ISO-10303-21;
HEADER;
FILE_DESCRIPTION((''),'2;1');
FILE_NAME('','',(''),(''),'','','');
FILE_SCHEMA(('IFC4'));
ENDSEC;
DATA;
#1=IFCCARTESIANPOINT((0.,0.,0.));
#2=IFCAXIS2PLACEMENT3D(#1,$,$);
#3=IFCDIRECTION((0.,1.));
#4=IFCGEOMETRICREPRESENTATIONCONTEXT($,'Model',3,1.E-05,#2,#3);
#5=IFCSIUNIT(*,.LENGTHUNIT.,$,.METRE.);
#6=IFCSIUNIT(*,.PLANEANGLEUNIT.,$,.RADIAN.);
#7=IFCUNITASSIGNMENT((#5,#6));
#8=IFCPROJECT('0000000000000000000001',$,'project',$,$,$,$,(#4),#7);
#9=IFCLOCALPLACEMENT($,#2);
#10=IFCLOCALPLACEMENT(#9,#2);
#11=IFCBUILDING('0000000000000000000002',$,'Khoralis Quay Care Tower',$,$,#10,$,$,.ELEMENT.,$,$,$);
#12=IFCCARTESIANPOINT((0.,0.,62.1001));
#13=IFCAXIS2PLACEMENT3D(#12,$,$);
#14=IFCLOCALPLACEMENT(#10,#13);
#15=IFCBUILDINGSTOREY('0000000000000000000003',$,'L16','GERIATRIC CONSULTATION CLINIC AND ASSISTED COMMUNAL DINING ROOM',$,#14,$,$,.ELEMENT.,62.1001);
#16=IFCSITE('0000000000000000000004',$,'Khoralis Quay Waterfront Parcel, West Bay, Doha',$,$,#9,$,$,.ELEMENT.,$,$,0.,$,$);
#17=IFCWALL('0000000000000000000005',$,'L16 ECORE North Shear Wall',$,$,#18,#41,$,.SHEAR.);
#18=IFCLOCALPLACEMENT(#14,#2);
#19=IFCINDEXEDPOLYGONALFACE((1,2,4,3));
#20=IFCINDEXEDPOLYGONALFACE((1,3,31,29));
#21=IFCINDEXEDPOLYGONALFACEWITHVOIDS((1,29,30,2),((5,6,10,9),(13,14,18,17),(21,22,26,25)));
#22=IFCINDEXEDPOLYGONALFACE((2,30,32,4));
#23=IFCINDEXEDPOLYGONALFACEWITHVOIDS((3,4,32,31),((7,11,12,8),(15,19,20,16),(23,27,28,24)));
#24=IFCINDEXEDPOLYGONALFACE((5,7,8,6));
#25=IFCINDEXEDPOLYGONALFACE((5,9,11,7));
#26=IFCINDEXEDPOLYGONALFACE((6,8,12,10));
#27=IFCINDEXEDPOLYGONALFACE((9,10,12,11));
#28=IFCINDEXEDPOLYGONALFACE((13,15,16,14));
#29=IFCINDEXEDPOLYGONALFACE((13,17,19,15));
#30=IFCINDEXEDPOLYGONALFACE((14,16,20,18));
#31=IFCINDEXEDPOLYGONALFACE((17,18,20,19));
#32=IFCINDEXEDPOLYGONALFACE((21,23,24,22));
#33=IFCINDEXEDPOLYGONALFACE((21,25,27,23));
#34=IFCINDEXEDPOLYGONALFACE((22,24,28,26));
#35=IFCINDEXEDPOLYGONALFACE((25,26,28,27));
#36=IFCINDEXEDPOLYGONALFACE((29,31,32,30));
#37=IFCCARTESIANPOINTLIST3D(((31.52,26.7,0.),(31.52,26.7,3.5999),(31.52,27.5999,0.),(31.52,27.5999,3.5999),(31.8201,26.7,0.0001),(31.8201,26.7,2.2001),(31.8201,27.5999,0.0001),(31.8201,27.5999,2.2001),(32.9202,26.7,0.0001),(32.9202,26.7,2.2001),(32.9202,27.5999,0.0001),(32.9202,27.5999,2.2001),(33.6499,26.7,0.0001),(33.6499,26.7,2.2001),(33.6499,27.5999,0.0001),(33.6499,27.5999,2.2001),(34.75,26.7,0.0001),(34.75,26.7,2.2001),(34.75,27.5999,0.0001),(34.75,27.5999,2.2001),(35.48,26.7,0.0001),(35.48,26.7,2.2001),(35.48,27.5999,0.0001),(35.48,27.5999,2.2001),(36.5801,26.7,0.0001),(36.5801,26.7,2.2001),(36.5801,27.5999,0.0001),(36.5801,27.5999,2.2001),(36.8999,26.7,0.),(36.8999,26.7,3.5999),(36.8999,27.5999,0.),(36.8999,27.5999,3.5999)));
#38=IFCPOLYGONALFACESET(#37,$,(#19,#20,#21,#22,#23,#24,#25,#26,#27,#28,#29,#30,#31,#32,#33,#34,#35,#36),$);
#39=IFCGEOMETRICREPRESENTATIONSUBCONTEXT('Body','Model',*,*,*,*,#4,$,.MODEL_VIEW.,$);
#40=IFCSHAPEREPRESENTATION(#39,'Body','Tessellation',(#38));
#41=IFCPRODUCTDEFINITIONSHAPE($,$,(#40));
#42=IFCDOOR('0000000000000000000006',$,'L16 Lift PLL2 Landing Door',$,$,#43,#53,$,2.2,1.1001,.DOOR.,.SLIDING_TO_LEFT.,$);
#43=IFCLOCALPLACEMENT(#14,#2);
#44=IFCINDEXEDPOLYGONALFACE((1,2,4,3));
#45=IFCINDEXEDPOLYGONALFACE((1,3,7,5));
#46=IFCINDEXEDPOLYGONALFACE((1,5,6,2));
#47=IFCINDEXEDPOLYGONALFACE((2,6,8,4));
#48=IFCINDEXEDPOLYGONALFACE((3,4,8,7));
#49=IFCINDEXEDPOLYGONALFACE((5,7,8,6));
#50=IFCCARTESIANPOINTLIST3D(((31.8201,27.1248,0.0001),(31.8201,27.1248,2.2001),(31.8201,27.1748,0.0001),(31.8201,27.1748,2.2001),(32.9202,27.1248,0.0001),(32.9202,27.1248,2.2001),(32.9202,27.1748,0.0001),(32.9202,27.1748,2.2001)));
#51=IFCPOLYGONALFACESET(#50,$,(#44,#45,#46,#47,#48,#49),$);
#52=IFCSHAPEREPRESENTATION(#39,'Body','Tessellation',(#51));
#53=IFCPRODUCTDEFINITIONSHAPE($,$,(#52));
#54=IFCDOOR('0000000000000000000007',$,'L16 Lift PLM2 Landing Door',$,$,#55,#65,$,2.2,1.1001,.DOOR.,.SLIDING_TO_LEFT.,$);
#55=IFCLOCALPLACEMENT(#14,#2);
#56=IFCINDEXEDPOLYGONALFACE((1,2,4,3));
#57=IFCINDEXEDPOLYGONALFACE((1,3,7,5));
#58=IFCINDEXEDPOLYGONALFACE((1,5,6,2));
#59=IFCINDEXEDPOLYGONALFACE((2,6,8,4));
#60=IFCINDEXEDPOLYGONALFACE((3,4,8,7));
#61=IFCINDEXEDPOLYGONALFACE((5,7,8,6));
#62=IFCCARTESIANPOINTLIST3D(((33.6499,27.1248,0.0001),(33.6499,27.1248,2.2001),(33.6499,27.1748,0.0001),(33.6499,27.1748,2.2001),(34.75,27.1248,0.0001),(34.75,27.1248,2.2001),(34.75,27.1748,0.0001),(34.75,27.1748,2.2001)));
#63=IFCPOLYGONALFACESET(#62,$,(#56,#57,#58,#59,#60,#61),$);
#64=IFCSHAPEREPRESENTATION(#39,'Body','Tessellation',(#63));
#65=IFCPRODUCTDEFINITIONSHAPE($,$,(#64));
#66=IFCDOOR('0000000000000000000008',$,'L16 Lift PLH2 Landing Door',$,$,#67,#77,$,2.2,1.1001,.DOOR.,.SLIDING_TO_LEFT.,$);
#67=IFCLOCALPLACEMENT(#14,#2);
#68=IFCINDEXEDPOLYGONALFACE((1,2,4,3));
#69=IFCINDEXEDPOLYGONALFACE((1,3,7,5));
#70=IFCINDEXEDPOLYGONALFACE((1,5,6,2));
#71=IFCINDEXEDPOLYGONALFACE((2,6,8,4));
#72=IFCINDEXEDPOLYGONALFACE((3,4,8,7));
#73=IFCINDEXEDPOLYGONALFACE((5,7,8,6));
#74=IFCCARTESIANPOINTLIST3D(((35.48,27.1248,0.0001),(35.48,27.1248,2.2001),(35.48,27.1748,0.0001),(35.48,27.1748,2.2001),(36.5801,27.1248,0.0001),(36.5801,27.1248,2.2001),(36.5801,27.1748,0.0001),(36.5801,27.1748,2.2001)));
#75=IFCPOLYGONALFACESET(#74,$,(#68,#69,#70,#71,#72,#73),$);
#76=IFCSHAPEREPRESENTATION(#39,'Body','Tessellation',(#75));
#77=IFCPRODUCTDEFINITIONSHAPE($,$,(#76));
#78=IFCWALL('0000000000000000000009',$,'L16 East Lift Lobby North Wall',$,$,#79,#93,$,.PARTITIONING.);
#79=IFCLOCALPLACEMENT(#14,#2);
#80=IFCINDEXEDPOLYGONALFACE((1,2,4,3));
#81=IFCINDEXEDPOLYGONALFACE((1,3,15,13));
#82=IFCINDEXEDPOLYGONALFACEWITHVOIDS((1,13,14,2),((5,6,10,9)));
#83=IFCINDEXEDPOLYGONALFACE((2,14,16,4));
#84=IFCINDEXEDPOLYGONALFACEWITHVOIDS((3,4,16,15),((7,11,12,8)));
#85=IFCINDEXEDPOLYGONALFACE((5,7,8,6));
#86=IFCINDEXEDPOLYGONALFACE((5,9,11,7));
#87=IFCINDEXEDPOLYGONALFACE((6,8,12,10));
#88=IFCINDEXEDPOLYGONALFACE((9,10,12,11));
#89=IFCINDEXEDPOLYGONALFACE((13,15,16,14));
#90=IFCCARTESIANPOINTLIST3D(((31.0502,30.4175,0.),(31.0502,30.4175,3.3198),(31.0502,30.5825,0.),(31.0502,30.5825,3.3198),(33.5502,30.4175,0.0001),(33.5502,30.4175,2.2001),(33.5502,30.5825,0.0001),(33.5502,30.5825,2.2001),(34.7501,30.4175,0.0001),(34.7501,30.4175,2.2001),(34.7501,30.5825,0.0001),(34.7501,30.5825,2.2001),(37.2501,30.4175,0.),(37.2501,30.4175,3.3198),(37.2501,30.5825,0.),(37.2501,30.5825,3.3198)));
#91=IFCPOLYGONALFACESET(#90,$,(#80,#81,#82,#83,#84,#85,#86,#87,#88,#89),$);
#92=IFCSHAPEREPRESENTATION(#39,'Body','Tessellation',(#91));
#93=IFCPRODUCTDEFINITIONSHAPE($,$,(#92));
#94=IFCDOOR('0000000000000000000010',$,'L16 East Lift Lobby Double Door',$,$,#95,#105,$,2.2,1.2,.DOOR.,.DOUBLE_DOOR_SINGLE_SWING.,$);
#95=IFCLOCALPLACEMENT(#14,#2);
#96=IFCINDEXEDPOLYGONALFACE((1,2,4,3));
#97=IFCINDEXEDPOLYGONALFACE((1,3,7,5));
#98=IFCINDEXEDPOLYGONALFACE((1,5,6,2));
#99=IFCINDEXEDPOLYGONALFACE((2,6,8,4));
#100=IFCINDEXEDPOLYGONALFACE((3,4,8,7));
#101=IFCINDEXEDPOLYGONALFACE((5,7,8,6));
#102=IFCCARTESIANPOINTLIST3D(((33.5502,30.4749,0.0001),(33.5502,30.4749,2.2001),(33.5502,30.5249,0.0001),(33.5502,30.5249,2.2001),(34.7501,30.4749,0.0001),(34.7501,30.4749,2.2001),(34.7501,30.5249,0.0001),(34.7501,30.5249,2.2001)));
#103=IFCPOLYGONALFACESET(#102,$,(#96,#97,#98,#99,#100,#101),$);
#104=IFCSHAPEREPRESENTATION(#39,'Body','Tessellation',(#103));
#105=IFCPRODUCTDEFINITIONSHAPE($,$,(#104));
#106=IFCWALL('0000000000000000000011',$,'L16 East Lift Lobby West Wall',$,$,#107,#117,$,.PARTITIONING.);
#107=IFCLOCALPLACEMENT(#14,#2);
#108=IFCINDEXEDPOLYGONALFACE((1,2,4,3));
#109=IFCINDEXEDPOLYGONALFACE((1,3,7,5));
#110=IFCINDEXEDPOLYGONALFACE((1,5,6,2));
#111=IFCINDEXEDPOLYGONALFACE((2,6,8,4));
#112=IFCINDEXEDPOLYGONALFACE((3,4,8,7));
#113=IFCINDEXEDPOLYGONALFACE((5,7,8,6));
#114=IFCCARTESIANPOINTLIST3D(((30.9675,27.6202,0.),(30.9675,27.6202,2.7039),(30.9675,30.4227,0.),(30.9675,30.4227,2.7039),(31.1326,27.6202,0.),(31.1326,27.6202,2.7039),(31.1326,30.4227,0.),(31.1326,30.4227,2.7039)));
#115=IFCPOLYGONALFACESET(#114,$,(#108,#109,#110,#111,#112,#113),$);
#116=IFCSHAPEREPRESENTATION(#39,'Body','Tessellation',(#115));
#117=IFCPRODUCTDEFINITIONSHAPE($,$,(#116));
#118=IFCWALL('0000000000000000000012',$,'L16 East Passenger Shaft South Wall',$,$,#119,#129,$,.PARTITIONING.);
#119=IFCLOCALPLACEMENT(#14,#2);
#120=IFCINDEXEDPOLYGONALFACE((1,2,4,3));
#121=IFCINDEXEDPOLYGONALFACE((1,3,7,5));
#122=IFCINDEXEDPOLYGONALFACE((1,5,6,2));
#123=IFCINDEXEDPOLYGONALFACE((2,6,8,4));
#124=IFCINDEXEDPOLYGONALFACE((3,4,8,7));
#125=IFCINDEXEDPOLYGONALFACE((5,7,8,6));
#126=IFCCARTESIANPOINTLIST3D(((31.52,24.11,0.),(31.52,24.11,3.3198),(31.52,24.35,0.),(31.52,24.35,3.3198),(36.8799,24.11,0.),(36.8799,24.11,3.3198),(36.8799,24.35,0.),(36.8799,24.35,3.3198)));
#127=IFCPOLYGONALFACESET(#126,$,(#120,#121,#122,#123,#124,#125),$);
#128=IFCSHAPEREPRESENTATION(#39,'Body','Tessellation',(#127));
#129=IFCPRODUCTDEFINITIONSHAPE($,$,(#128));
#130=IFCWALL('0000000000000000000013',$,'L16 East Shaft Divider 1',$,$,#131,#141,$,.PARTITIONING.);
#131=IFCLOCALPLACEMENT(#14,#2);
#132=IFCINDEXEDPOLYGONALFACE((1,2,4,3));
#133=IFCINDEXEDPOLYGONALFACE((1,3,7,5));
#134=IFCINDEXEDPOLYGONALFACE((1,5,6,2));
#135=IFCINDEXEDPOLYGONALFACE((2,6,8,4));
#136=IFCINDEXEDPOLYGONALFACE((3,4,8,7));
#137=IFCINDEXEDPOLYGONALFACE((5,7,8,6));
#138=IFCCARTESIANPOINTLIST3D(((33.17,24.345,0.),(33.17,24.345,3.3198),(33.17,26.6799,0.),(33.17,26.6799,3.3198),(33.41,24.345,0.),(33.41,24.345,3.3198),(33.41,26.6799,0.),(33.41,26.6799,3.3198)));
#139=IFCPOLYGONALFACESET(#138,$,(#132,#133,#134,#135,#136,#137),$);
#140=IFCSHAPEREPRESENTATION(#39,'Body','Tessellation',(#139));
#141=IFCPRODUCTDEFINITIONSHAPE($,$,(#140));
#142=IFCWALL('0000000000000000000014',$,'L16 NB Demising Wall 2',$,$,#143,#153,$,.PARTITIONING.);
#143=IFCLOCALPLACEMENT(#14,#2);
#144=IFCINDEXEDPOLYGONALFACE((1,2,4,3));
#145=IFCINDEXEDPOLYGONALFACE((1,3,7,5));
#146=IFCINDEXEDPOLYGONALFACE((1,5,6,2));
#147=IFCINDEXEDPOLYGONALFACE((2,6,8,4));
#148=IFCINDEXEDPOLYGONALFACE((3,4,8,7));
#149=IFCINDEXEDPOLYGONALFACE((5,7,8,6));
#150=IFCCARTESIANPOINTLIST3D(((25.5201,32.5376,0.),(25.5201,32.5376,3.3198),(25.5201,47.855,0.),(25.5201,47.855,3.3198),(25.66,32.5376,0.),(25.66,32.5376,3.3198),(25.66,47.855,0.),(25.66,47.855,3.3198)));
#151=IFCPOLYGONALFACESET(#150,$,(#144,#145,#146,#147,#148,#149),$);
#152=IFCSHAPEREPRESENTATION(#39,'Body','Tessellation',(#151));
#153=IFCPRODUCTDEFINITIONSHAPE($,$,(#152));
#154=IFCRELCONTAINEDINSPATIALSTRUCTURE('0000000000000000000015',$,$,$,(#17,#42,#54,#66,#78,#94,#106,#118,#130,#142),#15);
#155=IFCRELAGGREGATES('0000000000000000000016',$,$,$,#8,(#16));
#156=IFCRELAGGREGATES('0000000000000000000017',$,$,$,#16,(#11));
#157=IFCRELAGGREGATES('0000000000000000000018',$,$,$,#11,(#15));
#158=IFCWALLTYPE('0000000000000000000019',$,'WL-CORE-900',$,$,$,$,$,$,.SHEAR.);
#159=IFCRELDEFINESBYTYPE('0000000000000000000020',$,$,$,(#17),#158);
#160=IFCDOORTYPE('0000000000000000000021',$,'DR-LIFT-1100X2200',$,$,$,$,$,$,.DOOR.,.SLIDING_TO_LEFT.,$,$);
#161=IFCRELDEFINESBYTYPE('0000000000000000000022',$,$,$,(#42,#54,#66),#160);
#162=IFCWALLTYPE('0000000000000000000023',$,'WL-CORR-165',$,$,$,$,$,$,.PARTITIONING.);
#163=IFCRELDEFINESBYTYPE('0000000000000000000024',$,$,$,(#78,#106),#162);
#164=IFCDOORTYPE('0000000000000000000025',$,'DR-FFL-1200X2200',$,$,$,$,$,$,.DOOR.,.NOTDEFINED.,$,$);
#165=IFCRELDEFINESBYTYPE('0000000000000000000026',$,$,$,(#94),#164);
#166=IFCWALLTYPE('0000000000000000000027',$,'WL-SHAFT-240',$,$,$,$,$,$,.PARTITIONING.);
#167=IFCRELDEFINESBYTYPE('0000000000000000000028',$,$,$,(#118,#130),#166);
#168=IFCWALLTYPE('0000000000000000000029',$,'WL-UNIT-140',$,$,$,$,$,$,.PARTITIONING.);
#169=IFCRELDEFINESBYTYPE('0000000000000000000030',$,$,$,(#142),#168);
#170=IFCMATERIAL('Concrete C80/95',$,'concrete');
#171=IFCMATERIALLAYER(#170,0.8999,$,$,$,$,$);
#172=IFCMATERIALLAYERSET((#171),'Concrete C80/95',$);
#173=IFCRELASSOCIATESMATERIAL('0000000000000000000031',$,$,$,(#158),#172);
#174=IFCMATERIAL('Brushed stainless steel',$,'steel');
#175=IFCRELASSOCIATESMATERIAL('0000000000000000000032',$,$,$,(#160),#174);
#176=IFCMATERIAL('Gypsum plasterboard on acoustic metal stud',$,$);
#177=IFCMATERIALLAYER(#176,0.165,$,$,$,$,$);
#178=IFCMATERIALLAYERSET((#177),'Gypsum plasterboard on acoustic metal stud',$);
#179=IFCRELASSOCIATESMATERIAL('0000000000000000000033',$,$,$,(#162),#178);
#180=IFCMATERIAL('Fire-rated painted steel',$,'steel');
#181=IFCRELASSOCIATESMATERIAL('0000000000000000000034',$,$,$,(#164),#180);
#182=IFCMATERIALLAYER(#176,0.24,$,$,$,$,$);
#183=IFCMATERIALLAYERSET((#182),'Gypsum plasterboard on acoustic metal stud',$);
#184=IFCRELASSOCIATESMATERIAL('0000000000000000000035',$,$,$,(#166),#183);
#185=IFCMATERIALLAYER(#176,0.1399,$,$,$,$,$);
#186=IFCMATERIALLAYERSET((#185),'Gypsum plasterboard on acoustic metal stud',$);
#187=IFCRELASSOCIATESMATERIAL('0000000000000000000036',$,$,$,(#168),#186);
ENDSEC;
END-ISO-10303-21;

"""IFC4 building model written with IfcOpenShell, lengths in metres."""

from ifc_helpers import new_model, si_unit, direction, frame, frame_2d, origin, place, context, subcontext, project, spatial, rectangle, extrude, source, transform, mapped, material, layer, layer_set, type_object, element, fill, save


model = new_model("IFC4")

# Units and contexts
model_context = context("Model", 3, precision=1e-05, world=origin(), true_north=direction((0.0, 1.0)))
body_context = subcontext(model_context, "Body", "Model", "MODEL_VIEW")
ifc_project = project(units=[si_unit("LENGTHUNIT", "METRE"), si_unit("PLANEANGLEUNIT", "RADIAN")], contexts=[model_context])

# Site, building, storey
site_placement = place(None, origin())
site = spatial("IfcSite", under=ifc_project, at=site_placement, Name="Khoralis Quay Waterfront Parcel, West Bay, Doha", CompositionType="ELEMENT", RefElevation=0.0)
building_placement = place(site_placement, origin())
building = spatial("IfcBuilding", under=site, at=building_placement, Name="Khoralis Quay Care Tower", CompositionType="ELEMENT")
storey_placement = place(building_placement, frame((0.0, 0.0, 62.1001)))
storey = spatial("IfcBuildingStorey", under=building, at=storey_placement, Name="L16", Description="GERIATRIC CONSULTATION CLINIC AND ASSISTED COMMUNAL DINING ROOM", CompositionType="ELEMENT", Elevation=62.1001)

# Shared definitions
ifc_material_1 = material(Name="Concrete C80/95", Category="concrete")

# Wall, openings, doors
ifc_layer_1 = layer(ifc_material_1, 0.8999)
ifc_layer_set_1 = layer_set([ifc_layer_1], Name="Concrete C80/95")
wall_type_1 = type_object("IfcWallType", Name="WL-CORE-900", PredefinedType="SHEAR", material=ifc_layer_set_1)
wall_1_placement = place(storey_placement, frame((31.52, 27.1499, 0.0), z_axis=(0.0, 0.0, 1.0), x_axis=(1.0, 0.0, 0.0)))
wall_1 = element("IfcWall", 1, at=wall_1_placement, inside=storey, type_object=wall_type_1, Name="L16 ECORE North Shear Wall", PredefinedType="SHEAR", context=body_context, shape_type="SweptSolid", body=[
    extrude(rectangle(XDim=5.3799, YDim=0.8999, at=frame_2d((2.6899, 0.0))), origin(), (0.0, 0.0, 1.0), 3.5999),
])
opening_1_placement = place(wall_1_placement, frame((0.3, 0.0, 0.0)))
opening_1 = element("IfcOpeningElement", 2, at=opening_1_placement, cuts=wall_1, PredefinedType="OPENING", context=body_context, shape_type="SweptSolid", body=[
    extrude(rectangle(XDim=1.1001, YDim=2.2, at=frame_2d((0.55, 1.1001))), frame((0.0, 0.46, 0.0), z_axis=(0.0, -1.0, 0.0), x_axis=(1.0, 0.0, 0.0)), (0.0, 0.0, 1.0), 0.9199),
])
opening_2_placement = place(wall_1_placement, frame((2.1299, 0.0, 0.0)))
opening_2 = element("IfcOpeningElement", 3, at=opening_2_placement, cuts=wall_1, PredefinedType="OPENING", context=body_context, shape_type="SweptSolid", body=[
    extrude(rectangle(XDim=1.1001, YDim=2.2, at=frame_2d((0.55, 1.1001))), frame((0.0, 0.46, 0.0), z_axis=(0.0, -1.0, 0.0), x_axis=(1.0, 0.0, 0.0)), (0.0, 0.0, 1.0), 0.9199),
])
opening_3_placement = place(wall_1_placement, frame((3.96, 0.0, 0.0)))
opening_3 = element("IfcOpeningElement", 4, at=opening_3_placement, cuts=wall_1, PredefinedType="OPENING", context=body_context, shape_type="SweptSolid", body=[
    extrude(rectangle(XDim=1.1001, YDim=2.2, at=frame_2d((0.55, 1.1001))), frame((0.0, 0.46, 0.0), z_axis=(0.0, -1.0, 0.0), x_axis=(1.0, 0.0, 0.0)), (0.0, 0.0, 1.0), 0.9199),
])
ifc_material_2 = material(Name="Brushed stainless steel", Category="steel")
door_type_1 = type_object("IfcDoorType", Name="DR-LIFT-1100X2200", OperationType="SLIDING_TO_LEFT", PredefinedType="DOOR", material=ifc_material_2)
shared_shape_1 = source(origin(), body_context, "Body", "SweptSolid", [
    extrude(rectangle(XDim=1.1001, YDim=2.2, at=frame_2d((0.55, 1.1001))), frame((0.0, 0.0249, 0.0), z_axis=(0.0, -1.0, 0.0), x_axis=(1.0, 0.0, 0.0)), (0.0, 0.0, 1.0), 0.05),
])
door_1_placement = place(opening_1_placement, origin())
door_1 = element("IfcDoor", 5, at=door_1_placement, inside=storey, type_object=door_type_1, Name="L16 Lift PLL2 Landing Door", OperationType="SLIDING_TO_LEFT", OverallHeight=2.2, OverallWidth=1.1001, PredefinedType="DOOR", context=body_context, shape_type="MappedRepresentation", body=[
    mapped(shared_shape_1, transform((0.0, 0.0, 0.0), scale=1.0)),
])
fill(opening_1, door_1)
door_2_placement = place(opening_2_placement, origin())
door_2 = element("IfcDoor", 6, at=door_2_placement, inside=storey, type_object=door_type_1, Name="L16 Lift PLM2 Landing Door", OperationType="SLIDING_TO_LEFT", OverallHeight=2.2, OverallWidth=1.1001, PredefinedType="DOOR", context=body_context, shape_type="MappedRepresentation", body=[
    mapped(shared_shape_1, transform((0.0, 0.0, 0.0), scale=1.0)),
])
fill(opening_2, door_2)
door_3_placement = place(opening_3_placement, origin())
door_3 = element("IfcDoor", 7, at=door_3_placement, inside=storey, type_object=door_type_1, Name="L16 Lift PLH2 Landing Door", OperationType="SLIDING_TO_LEFT", OverallHeight=2.2, OverallWidth=1.1001, PredefinedType="DOOR", context=body_context, shape_type="MappedRepresentation", body=[
    mapped(shared_shape_1, transform((0.0, 0.0, 0.0), scale=1.0)),
])
fill(opening_3, door_3)

# Wall, opening, door
ifc_material_3 = material(Name="Gypsum plasterboard on acoustic metal stud")
ifc_layer_2 = layer(ifc_material_3, 0.165)
ifc_layer_set_2 = layer_set([ifc_layer_2], Name="Gypsum plasterboard on acoustic metal stud")
wall_type_2 = type_object("IfcWallType", Name="WL-CORR-165", PredefinedType="PARTITIONING", material=ifc_layer_set_2)
wall_2_placement = place(storey_placement, frame((31.05, 30.5, 0.0), z_axis=(0.0, 0.0, 1.0), x_axis=(1.0, 0.0, 0.0)))
wall_2 = element("IfcWall", 8, at=wall_2_placement, inside=storey, type_object=wall_type_2, Name="L16 East Lift Lobby North Wall", PredefinedType="PARTITIONING", context=body_context, shape_type="SweptSolid", body=[
    extrude(rectangle(XDim=6.2, YDim=0.165, at=frame_2d((3.1001, 0.0))), origin(), (0.0, 0.0, 1.0), 3.3198),
])
opening_4_placement = place(wall_2_placement, frame((2.5, 0.0, 0.0)))
opening_4 = element("IfcOpeningElement", 9, at=opening_4_placement, cuts=wall_2, PredefinedType="OPENING", context=body_context, shape_type="SweptSolid", body=[
    extrude(rectangle(XDim=1.2, YDim=2.2, at=frame_2d((0.6001, 1.1001))), frame((0.0, 0.0925, 0.0), z_axis=(0.0, -1.0, 0.0), x_axis=(1.0, 0.0, 0.0)), (0.0, 0.0, 1.0), 0.1851),
])
ifc_material_4 = material(Name="Fire-rated painted steel", Category="steel")
door_type_2 = type_object("IfcDoorType", Name="DR-FFL-1200X2200", OperationType="NOTDEFINED", PredefinedType="DOOR", material=ifc_material_4)
shared_shape_2 = source(origin(), body_context, "Body", "SweptSolid", [
    extrude(rectangle(XDim=1.2, YDim=2.2, at=frame_2d((0.6001, 1.1001))), frame((0.0, 0.0249, 0.0), z_axis=(0.0, -1.0, 0.0), x_axis=(1.0, 0.0, 0.0)), (0.0, 0.0, 1.0), 0.05),
])
door_4_placement = place(opening_4_placement, origin())
door_4 = element("IfcDoor", 10, at=door_4_placement, inside=storey, type_object=door_type_2, Name="L16 East Lift Lobby Double Door", OperationType="DOUBLE_DOOR_SINGLE_SWING", OverallHeight=2.2, OverallWidth=1.2, PredefinedType="DOOR", context=body_context, shape_type="MappedRepresentation", body=[
    mapped(shared_shape_2, transform((0.0, 0.0, 0.0), scale=1.0)),
])
fill(opening_4, door_4)

# Walls
wall_3_placement = place(storey_placement, frame((31.05, 27.6201, 0.0), z_axis=(0.0, 0.0, 1.0), x_axis=(0.0, 1.0, 0.0)))
element("IfcWall", 11, at=wall_3_placement, inside=storey, type_object=wall_type_2, Name="L16 East Lift Lobby West Wall", PredefinedType="PARTITIONING", context=body_context, shape_type="SweptSolid", body=[
    extrude(rectangle(XDim=2.8025, YDim=0.165, at=frame_2d((1.4014, 0.0))), origin(), (0.0, 0.0, 1.0), 2.7039),
])
ifc_layer_3 = layer(ifc_material_3, 0.24)
ifc_layer_set_3 = layer_set([ifc_layer_3], Name="Gypsum plasterboard on acoustic metal stud")
wall_type_3 = type_object("IfcWallType", Name="WL-SHAFT-240", PredefinedType="PARTITIONING", material=ifc_layer_set_3)
wall_4_placement = place(storey_placement, frame((31.52, 24.23, 0.0), z_axis=(0.0, 0.0, 1.0), x_axis=(1.0, 0.0, 0.0)))
element("IfcWall", 12, at=wall_4_placement, inside=storey, type_object=wall_type_3, Name="L16 East Passenger Shaft South Wall", PredefinedType="PARTITIONING", context=body_context, shape_type="SweptSolid", body=[
    extrude(rectangle(XDim=5.3599, YDim=0.24, at=frame_2d((2.6799, 0.0))), origin(), (0.0, 0.0, 1.0), 3.3198),
])
wall_5_placement = place(storey_placement, frame((33.29, 24.345, 0.0), z_axis=(0.0, 0.0, 1.0), x_axis=(0.0, 1.0, 0.0)))
element("IfcWall", 13, at=wall_5_placement, inside=storey, type_object=wall_type_3, Name="L16 East Shaft Divider 1", PredefinedType="PARTITIONING", context=body_context, shape_type="SweptSolid", body=[
    extrude(rectangle(XDim=2.335, YDim=0.24, at=frame_2d((1.1675, 0.0))), origin(), (0.0, 0.0, 1.0), 3.3198),
])
ifc_layer_4 = layer(ifc_material_3, 0.1399)
ifc_layer_set_4 = layer_set([ifc_layer_4], Name="Gypsum plasterboard on acoustic metal stud")
wall_type_4 = type_object("IfcWallType", Name="WL-UNIT-140", PredefinedType="PARTITIONING", material=ifc_layer_set_4)
wall_6_placement = place(storey_placement, frame((25.5901, 32.5376, 0.0), z_axis=(0.0, 0.0, 1.0), x_axis=(0.0, 1.0, 0.0)))
element("IfcWall", 14, at=wall_6_placement, inside=storey, type_object=wall_type_4, Name="L16 NB Demising Wall 2", PredefinedType="PARTITIONING", context=body_context, shape_type="SweptSolid", body=[
    extrude(rectangle(XDim=15.3174, YDim=0.1399, at=frame_2d((7.6587, 0.0))), origin(), (0.0, 0.0, 1.0), 3.3198),
])

save(model, "model.ifc")
